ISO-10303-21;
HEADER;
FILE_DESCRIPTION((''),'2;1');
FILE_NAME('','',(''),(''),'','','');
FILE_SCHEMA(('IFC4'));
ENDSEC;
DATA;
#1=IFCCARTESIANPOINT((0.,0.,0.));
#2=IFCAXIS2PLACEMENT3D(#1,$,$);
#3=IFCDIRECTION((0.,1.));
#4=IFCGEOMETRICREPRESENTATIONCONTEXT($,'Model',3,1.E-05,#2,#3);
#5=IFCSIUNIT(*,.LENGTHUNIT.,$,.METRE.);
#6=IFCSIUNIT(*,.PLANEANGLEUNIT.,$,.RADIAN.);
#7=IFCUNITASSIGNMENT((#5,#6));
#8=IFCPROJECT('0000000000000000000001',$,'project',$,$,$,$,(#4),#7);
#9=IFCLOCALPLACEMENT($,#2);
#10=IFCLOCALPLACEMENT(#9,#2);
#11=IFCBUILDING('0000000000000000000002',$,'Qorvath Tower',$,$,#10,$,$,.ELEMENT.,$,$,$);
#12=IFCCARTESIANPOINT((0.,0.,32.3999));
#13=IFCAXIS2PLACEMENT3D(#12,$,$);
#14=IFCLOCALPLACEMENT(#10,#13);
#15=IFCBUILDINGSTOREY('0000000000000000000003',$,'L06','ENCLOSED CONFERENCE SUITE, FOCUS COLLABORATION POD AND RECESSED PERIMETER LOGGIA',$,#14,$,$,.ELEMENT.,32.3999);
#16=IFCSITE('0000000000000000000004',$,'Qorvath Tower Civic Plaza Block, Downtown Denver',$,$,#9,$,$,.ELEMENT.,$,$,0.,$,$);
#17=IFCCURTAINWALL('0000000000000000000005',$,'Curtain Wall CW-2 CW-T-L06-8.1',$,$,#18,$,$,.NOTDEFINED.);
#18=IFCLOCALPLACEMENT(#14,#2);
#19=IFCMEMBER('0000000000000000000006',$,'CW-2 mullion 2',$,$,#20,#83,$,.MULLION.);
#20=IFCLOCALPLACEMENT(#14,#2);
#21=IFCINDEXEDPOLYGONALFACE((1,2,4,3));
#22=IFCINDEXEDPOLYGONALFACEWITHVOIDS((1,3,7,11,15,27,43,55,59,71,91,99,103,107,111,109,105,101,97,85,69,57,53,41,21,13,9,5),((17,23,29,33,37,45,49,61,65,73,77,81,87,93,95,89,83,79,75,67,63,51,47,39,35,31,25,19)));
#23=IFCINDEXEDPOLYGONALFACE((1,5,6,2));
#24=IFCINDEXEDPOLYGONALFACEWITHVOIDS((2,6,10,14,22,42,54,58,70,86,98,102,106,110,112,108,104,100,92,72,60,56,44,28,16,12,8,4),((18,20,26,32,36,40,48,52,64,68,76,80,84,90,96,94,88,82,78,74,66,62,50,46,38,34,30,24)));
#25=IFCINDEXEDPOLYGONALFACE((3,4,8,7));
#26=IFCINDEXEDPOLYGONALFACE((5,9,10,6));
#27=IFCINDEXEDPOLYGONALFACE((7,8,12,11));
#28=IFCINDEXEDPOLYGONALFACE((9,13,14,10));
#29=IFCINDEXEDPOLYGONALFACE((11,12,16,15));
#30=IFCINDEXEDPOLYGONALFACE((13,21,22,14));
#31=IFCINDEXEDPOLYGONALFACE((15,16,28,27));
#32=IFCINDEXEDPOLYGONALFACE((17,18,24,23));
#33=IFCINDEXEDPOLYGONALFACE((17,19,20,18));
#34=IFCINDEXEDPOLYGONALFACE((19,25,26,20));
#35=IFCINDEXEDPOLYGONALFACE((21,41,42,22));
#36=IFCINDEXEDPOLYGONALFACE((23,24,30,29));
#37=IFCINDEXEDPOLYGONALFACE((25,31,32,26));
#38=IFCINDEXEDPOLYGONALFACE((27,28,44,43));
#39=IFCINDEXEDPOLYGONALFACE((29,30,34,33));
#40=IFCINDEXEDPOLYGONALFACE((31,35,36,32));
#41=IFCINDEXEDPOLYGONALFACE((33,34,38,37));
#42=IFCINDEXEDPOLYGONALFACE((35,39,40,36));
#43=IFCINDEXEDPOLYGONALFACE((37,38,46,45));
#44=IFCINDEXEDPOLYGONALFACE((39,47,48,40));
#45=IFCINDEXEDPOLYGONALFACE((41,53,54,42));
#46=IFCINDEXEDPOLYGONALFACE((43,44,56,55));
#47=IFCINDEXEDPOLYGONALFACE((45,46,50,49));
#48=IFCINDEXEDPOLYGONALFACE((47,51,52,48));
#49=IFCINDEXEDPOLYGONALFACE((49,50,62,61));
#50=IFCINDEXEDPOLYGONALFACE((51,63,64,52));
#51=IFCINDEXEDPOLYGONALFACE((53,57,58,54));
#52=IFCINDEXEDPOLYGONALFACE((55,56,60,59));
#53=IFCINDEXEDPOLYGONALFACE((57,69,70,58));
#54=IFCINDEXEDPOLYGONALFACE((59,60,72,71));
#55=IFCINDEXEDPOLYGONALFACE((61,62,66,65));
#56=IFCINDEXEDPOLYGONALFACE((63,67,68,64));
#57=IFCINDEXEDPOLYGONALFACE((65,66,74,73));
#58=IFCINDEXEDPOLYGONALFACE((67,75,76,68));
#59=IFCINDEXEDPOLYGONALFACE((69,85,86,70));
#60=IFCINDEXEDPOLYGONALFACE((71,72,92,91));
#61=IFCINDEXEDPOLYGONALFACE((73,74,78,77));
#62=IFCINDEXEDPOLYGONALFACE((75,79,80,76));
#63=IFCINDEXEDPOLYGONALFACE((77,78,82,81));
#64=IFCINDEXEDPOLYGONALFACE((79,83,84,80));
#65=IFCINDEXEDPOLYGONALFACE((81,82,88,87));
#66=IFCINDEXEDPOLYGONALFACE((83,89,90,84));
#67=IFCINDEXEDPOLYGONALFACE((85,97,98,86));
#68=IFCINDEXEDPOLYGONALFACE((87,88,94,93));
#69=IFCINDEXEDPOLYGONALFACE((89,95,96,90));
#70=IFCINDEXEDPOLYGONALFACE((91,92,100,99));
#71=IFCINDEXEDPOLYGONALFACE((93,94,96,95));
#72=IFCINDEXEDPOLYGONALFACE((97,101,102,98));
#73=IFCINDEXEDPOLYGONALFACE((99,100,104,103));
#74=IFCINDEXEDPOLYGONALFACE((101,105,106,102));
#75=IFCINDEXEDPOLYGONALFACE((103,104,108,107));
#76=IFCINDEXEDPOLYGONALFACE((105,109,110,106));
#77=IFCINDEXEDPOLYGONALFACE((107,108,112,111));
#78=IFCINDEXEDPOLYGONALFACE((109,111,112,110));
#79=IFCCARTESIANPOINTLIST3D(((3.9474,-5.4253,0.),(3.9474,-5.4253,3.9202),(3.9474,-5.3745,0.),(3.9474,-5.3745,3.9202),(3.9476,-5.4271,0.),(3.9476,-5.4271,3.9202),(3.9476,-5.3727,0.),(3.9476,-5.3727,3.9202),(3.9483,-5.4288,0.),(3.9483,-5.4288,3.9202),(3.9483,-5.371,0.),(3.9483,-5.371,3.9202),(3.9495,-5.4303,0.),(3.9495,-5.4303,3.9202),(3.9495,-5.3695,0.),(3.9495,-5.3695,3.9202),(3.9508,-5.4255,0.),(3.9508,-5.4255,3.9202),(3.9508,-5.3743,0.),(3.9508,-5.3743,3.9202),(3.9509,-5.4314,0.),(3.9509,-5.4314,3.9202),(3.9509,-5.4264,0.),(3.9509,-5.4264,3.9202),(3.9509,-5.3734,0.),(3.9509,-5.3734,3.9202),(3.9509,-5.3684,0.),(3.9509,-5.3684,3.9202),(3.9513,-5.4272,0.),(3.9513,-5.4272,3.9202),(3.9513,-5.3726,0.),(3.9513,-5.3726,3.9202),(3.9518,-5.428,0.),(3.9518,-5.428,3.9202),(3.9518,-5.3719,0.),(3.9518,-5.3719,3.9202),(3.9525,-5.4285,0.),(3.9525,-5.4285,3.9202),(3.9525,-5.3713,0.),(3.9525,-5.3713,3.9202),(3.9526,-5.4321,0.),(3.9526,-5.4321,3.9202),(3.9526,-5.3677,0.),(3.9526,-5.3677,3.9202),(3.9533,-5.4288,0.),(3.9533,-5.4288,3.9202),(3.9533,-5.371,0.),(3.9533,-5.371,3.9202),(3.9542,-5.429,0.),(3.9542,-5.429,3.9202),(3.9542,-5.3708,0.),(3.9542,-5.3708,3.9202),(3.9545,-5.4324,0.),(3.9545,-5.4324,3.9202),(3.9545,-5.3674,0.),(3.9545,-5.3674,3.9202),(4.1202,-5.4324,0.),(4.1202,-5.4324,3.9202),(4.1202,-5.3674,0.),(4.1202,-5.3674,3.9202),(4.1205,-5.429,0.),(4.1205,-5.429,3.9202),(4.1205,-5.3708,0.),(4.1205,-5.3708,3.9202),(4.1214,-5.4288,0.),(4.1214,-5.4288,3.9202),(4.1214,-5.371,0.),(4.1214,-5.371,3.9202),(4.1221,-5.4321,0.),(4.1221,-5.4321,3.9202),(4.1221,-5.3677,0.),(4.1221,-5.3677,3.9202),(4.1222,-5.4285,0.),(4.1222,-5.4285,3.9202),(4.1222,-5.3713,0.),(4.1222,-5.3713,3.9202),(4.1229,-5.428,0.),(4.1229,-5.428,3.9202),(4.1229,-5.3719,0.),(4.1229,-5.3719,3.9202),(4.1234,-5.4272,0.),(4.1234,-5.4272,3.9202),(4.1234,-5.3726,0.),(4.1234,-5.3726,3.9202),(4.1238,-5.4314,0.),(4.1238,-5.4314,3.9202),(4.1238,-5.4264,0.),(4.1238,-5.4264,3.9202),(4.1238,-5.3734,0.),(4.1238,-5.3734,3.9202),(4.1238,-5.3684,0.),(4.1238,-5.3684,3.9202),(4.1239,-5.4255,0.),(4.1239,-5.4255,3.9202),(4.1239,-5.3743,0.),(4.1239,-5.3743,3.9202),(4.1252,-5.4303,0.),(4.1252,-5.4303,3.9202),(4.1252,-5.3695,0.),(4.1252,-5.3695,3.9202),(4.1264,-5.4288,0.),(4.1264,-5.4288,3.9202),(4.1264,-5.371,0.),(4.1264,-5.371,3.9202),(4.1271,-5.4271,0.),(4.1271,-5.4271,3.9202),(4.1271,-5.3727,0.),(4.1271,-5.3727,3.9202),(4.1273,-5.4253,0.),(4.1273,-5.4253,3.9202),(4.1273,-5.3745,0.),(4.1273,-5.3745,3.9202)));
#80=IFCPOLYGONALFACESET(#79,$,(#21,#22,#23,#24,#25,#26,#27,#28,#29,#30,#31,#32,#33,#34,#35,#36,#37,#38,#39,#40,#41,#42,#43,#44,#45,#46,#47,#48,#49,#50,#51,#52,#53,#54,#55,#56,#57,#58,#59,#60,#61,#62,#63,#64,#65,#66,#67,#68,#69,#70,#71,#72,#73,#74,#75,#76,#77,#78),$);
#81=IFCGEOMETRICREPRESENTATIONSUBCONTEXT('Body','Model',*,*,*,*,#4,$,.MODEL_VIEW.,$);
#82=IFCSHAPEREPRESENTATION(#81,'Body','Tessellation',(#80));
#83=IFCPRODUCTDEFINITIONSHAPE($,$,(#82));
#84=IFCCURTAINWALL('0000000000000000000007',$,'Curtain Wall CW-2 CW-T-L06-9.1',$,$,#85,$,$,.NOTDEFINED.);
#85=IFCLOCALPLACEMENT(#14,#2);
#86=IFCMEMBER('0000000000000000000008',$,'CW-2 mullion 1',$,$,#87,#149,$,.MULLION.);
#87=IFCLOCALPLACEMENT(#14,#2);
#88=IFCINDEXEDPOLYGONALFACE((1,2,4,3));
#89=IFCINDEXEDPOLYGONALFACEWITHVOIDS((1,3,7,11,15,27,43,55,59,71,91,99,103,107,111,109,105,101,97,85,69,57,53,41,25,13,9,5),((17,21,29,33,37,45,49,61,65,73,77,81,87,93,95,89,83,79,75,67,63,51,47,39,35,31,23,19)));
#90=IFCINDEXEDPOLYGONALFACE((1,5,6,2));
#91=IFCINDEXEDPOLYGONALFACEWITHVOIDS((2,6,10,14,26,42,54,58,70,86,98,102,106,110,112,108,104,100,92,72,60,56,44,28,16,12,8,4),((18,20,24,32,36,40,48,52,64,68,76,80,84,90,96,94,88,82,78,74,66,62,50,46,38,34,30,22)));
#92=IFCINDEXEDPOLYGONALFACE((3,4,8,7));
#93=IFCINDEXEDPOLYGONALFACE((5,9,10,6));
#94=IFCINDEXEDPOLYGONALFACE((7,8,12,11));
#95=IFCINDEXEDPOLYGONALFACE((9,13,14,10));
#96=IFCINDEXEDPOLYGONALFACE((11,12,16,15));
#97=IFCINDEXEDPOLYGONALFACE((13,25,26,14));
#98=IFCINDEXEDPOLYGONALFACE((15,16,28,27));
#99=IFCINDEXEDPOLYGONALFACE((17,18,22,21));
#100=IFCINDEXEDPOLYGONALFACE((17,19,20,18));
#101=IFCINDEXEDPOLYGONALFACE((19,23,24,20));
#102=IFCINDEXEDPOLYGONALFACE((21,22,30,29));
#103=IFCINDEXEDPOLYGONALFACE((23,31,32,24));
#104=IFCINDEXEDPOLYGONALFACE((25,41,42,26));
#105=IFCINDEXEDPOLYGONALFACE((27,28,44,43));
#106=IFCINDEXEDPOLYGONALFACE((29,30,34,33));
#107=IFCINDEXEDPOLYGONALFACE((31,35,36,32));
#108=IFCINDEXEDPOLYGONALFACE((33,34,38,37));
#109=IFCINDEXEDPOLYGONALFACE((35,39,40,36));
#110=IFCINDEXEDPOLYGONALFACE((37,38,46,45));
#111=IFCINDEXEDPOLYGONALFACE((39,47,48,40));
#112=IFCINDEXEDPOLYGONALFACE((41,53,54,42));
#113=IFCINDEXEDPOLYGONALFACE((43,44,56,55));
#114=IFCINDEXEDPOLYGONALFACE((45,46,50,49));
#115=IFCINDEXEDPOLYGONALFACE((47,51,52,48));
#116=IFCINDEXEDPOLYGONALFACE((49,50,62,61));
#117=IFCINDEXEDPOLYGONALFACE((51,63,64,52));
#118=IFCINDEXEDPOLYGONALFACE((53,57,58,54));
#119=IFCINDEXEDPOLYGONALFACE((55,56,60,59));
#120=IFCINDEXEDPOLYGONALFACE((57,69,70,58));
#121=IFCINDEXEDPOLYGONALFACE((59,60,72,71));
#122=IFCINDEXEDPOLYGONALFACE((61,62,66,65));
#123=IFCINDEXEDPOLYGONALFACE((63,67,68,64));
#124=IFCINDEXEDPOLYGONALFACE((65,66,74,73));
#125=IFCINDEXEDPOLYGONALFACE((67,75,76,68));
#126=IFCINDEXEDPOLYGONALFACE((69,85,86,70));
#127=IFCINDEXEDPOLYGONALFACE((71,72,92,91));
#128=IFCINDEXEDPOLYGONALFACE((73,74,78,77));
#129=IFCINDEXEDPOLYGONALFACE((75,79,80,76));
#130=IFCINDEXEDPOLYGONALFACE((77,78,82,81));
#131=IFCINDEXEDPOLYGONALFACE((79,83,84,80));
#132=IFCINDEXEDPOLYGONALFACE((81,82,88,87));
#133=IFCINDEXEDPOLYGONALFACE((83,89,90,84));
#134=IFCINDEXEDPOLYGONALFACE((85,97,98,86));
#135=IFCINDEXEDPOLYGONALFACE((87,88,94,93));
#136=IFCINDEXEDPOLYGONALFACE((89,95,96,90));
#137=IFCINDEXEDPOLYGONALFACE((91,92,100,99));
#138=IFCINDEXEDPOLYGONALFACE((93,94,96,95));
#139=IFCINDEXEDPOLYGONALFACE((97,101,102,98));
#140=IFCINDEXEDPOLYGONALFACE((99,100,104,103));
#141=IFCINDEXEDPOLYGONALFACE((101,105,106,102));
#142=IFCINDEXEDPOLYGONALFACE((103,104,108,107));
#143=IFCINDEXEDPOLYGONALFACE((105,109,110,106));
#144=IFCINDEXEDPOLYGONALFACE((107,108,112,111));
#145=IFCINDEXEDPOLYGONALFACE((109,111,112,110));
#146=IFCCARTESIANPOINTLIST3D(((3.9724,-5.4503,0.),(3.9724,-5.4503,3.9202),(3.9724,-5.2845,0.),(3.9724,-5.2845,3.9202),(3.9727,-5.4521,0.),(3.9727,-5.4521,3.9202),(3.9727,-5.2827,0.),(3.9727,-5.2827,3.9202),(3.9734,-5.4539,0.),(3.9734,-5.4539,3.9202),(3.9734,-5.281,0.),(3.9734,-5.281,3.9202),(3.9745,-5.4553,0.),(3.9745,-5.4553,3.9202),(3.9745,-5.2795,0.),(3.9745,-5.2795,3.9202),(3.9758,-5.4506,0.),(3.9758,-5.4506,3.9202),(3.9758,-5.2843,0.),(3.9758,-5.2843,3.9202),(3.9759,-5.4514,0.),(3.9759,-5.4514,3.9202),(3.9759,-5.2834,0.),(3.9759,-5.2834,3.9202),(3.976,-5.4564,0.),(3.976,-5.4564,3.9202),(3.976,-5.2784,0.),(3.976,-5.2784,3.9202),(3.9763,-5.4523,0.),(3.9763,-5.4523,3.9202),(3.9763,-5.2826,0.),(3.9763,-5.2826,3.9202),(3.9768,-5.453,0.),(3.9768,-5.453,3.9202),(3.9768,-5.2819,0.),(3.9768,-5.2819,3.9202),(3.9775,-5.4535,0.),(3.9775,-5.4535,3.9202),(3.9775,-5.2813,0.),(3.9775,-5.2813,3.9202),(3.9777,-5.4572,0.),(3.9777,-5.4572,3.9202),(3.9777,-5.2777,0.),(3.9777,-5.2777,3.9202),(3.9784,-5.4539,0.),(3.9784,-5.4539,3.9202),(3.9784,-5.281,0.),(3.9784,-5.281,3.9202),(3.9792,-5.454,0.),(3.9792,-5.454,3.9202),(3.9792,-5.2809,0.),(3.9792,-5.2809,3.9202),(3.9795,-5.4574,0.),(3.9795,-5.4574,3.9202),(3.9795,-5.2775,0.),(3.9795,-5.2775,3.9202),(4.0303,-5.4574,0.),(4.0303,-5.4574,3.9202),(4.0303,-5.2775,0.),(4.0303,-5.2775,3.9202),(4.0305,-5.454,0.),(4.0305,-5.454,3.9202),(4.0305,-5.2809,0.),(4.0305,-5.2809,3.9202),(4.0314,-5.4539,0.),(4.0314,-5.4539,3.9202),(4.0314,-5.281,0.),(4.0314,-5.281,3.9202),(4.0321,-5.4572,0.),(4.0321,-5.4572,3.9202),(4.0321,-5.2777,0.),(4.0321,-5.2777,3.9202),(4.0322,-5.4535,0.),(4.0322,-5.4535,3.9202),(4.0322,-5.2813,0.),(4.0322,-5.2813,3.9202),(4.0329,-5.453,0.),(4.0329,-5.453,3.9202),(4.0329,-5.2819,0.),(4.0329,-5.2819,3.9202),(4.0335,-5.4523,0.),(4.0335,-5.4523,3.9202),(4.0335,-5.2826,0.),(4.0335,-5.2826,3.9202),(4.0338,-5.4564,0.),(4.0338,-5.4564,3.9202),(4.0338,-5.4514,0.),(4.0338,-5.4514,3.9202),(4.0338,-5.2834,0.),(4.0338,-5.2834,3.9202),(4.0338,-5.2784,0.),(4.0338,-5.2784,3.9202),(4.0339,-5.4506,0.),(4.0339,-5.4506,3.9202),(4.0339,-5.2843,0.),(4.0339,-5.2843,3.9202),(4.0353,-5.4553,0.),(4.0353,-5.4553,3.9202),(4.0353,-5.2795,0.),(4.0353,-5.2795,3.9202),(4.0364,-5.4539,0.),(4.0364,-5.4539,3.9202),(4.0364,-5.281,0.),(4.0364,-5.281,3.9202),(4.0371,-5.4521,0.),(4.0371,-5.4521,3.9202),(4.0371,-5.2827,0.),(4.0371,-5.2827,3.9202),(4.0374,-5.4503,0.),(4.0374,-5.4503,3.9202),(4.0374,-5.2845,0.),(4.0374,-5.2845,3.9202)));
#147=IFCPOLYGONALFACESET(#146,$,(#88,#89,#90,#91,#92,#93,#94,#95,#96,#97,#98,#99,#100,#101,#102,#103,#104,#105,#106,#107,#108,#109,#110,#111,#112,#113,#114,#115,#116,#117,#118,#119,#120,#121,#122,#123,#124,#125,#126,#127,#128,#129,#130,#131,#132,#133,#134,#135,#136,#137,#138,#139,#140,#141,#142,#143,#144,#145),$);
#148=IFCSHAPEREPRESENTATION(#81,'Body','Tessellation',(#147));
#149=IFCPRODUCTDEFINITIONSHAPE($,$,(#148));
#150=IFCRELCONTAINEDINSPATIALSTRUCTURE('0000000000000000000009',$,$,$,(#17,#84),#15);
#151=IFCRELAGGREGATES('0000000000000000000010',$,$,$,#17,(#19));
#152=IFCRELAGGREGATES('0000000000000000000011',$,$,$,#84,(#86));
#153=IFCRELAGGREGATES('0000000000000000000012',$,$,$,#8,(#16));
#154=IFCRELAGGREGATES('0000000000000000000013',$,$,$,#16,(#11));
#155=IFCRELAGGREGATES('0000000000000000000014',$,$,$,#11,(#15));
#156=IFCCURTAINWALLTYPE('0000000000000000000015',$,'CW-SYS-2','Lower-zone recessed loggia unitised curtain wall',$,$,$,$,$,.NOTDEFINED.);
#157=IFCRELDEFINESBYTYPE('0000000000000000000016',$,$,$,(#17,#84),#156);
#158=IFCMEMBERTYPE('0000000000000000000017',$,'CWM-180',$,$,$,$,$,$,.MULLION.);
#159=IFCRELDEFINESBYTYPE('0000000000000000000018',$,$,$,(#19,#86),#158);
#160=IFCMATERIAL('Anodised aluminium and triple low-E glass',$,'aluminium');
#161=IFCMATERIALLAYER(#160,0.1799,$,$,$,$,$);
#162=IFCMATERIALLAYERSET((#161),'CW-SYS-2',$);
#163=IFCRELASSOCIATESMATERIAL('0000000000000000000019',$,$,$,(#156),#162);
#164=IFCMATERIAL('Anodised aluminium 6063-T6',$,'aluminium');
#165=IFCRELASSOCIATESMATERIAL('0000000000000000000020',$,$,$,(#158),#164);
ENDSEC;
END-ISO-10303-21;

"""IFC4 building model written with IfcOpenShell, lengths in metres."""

from ifc_helpers import new_model, si_unit, direction, frame, origin, origin_2d, place, context, subcontext, project, spatial, hollow_rectangle, extrude, material, layer, layer_set, material_profile, profile_set, type_object, element, aggregate, save


model = new_model("IFC4")

# Units and contexts
model_context = context("Model", 3, precision=1e-05, world=origin(), true_north=direction((0.0, 1.0)))
body_context = subcontext(model_context, "Body", "Model", "MODEL_VIEW")
ifc_project = project(units=[si_unit("LENGTHUNIT", "METRE"), si_unit("PLANEANGLEUNIT", "RADIAN")], contexts=[model_context])

# Site, building, storey
site_placement = place(None, origin())
site = spatial("IfcSite", under=ifc_project, at=site_placement, Name="Qorvath Tower Civic Plaza Block, Downtown Denver", CompositionType="ELEMENT", RefElevation=0.0)
building_placement = place(site_placement, origin())
building = spatial("IfcBuilding", under=site, at=building_placement, Name="Qorvath Tower", CompositionType="ELEMENT")
storey_placement = place(building_placement, frame((0.0, 0.0, 32.3999)))
storey = spatial("IfcBuildingStorey", under=building, at=storey_placement, Name="L06", Description="ENCLOSED CONFERENCE SUITE, FOCUS COLLABORATION POD AND RECESSED PERIMETER LOGGIA", CompositionType="ELEMENT", Elevation=32.3999)

# Shared definitions
ifc_material_1 = material(Name="Anodised aluminium and triple low-E glass", Category="aluminium")
ifc_layer_1 = layer(ifc_material_1, 0.1799)
ifc_layer_set_1 = layer_set([ifc_layer_1], Name="CW-SYS-2")
curtain_wall_type = type_object("IfcCurtainWallType", Name="CW-SYS-2", Description="Lower-zone recessed loggia unitised curtain wall", PredefinedType="NOTDEFINED", material=ifc_layer_set_1)
ifc_material_2 = material(Name="Anodised aluminium 6063-T6", Category="aluminium")
ifc_material_profile_1 = material_profile(ifc_material_2, hollow_rectangle(XDim=0.0649, YDim=0.1799, WallThickness=0.0034, InnerFilletRadius=0.0034, OuterFilletRadius=0.0071, at=origin_2d()), Name="CWM 180x65")
ifc_profile_set_1 = profile_set([ifc_material_profile_1], Name="Anodised aluminium 6063-T6")
member_type_1 = type_object("IfcMemberType", Name="CWM-180", PredefinedType="MULLION", material=ifc_profile_set_1)

# Curtain wall, member
curtain_wall_1_placement = place(storey_placement, origin())
curtain_wall_1 = element("IfcCurtainWall", 1, at=curtain_wall_1_placement, inside=storey, type_object=curtain_wall_type, Name="Curtain Wall CW-2 CW-T-L06-8.1", PredefinedType="NOTDEFINED")
member_1_placement = place(storey_placement, frame((4.0374, -5.3999, 0.0), z_axis=(0.0, 0.0, 1.0), x_axis=(0.0, -1.0, 0.0)))
member_1 = element("IfcMember", 2, at=member_1_placement, type_object=member_type_1, Name="CW-2 mullion 2", PredefinedType="MULLION", context=body_context, shape_type="SweptSolid", body=[
    extrude(hollow_rectangle(XDim=0.0649, YDim=0.1799, WallThickness=0.0034, InnerFilletRadius=0.0034, OuterFilletRadius=0.0071, at=origin_2d()), origin(), (0.0, 0.0, 1.0), 3.9202),
])

# Curtain wall, member
curtain_wall_2_placement = place(storey_placement, origin())
curtain_wall_2 = element("IfcCurtainWall", 3, at=curtain_wall_2_placement, inside=storey, type_object=curtain_wall_type, Name="Curtain Wall CW-2 CW-T-L06-9.1", PredefinedType="NOTDEFINED")
member_2_placement = place(storey_placement, frame((4.0049, -5.3674, 0.0), z_axis=(0.0, 0.0, 1.0), x_axis=(-1.0, 0.0, 0.0)))
member_2 = element("IfcMember", 4, at=member_2_placement, type_object=member_type_1, Name="CW-2 mullion 1", PredefinedType="MULLION", context=body_context, shape_type="SweptSolid", body=[
    extrude(hollow_rectangle(XDim=0.0649, YDim=0.1799, WallThickness=0.0034, InnerFilletRadius=0.0034, OuterFilletRadius=0.0071, at=origin_2d()), origin(), (0.0, 0.0, 1.0), 3.9202),
])

aggregate(curtain_wall_1, [member_1])
aggregate(curtain_wall_2, [member_2])

save(model, "model.ifc")
